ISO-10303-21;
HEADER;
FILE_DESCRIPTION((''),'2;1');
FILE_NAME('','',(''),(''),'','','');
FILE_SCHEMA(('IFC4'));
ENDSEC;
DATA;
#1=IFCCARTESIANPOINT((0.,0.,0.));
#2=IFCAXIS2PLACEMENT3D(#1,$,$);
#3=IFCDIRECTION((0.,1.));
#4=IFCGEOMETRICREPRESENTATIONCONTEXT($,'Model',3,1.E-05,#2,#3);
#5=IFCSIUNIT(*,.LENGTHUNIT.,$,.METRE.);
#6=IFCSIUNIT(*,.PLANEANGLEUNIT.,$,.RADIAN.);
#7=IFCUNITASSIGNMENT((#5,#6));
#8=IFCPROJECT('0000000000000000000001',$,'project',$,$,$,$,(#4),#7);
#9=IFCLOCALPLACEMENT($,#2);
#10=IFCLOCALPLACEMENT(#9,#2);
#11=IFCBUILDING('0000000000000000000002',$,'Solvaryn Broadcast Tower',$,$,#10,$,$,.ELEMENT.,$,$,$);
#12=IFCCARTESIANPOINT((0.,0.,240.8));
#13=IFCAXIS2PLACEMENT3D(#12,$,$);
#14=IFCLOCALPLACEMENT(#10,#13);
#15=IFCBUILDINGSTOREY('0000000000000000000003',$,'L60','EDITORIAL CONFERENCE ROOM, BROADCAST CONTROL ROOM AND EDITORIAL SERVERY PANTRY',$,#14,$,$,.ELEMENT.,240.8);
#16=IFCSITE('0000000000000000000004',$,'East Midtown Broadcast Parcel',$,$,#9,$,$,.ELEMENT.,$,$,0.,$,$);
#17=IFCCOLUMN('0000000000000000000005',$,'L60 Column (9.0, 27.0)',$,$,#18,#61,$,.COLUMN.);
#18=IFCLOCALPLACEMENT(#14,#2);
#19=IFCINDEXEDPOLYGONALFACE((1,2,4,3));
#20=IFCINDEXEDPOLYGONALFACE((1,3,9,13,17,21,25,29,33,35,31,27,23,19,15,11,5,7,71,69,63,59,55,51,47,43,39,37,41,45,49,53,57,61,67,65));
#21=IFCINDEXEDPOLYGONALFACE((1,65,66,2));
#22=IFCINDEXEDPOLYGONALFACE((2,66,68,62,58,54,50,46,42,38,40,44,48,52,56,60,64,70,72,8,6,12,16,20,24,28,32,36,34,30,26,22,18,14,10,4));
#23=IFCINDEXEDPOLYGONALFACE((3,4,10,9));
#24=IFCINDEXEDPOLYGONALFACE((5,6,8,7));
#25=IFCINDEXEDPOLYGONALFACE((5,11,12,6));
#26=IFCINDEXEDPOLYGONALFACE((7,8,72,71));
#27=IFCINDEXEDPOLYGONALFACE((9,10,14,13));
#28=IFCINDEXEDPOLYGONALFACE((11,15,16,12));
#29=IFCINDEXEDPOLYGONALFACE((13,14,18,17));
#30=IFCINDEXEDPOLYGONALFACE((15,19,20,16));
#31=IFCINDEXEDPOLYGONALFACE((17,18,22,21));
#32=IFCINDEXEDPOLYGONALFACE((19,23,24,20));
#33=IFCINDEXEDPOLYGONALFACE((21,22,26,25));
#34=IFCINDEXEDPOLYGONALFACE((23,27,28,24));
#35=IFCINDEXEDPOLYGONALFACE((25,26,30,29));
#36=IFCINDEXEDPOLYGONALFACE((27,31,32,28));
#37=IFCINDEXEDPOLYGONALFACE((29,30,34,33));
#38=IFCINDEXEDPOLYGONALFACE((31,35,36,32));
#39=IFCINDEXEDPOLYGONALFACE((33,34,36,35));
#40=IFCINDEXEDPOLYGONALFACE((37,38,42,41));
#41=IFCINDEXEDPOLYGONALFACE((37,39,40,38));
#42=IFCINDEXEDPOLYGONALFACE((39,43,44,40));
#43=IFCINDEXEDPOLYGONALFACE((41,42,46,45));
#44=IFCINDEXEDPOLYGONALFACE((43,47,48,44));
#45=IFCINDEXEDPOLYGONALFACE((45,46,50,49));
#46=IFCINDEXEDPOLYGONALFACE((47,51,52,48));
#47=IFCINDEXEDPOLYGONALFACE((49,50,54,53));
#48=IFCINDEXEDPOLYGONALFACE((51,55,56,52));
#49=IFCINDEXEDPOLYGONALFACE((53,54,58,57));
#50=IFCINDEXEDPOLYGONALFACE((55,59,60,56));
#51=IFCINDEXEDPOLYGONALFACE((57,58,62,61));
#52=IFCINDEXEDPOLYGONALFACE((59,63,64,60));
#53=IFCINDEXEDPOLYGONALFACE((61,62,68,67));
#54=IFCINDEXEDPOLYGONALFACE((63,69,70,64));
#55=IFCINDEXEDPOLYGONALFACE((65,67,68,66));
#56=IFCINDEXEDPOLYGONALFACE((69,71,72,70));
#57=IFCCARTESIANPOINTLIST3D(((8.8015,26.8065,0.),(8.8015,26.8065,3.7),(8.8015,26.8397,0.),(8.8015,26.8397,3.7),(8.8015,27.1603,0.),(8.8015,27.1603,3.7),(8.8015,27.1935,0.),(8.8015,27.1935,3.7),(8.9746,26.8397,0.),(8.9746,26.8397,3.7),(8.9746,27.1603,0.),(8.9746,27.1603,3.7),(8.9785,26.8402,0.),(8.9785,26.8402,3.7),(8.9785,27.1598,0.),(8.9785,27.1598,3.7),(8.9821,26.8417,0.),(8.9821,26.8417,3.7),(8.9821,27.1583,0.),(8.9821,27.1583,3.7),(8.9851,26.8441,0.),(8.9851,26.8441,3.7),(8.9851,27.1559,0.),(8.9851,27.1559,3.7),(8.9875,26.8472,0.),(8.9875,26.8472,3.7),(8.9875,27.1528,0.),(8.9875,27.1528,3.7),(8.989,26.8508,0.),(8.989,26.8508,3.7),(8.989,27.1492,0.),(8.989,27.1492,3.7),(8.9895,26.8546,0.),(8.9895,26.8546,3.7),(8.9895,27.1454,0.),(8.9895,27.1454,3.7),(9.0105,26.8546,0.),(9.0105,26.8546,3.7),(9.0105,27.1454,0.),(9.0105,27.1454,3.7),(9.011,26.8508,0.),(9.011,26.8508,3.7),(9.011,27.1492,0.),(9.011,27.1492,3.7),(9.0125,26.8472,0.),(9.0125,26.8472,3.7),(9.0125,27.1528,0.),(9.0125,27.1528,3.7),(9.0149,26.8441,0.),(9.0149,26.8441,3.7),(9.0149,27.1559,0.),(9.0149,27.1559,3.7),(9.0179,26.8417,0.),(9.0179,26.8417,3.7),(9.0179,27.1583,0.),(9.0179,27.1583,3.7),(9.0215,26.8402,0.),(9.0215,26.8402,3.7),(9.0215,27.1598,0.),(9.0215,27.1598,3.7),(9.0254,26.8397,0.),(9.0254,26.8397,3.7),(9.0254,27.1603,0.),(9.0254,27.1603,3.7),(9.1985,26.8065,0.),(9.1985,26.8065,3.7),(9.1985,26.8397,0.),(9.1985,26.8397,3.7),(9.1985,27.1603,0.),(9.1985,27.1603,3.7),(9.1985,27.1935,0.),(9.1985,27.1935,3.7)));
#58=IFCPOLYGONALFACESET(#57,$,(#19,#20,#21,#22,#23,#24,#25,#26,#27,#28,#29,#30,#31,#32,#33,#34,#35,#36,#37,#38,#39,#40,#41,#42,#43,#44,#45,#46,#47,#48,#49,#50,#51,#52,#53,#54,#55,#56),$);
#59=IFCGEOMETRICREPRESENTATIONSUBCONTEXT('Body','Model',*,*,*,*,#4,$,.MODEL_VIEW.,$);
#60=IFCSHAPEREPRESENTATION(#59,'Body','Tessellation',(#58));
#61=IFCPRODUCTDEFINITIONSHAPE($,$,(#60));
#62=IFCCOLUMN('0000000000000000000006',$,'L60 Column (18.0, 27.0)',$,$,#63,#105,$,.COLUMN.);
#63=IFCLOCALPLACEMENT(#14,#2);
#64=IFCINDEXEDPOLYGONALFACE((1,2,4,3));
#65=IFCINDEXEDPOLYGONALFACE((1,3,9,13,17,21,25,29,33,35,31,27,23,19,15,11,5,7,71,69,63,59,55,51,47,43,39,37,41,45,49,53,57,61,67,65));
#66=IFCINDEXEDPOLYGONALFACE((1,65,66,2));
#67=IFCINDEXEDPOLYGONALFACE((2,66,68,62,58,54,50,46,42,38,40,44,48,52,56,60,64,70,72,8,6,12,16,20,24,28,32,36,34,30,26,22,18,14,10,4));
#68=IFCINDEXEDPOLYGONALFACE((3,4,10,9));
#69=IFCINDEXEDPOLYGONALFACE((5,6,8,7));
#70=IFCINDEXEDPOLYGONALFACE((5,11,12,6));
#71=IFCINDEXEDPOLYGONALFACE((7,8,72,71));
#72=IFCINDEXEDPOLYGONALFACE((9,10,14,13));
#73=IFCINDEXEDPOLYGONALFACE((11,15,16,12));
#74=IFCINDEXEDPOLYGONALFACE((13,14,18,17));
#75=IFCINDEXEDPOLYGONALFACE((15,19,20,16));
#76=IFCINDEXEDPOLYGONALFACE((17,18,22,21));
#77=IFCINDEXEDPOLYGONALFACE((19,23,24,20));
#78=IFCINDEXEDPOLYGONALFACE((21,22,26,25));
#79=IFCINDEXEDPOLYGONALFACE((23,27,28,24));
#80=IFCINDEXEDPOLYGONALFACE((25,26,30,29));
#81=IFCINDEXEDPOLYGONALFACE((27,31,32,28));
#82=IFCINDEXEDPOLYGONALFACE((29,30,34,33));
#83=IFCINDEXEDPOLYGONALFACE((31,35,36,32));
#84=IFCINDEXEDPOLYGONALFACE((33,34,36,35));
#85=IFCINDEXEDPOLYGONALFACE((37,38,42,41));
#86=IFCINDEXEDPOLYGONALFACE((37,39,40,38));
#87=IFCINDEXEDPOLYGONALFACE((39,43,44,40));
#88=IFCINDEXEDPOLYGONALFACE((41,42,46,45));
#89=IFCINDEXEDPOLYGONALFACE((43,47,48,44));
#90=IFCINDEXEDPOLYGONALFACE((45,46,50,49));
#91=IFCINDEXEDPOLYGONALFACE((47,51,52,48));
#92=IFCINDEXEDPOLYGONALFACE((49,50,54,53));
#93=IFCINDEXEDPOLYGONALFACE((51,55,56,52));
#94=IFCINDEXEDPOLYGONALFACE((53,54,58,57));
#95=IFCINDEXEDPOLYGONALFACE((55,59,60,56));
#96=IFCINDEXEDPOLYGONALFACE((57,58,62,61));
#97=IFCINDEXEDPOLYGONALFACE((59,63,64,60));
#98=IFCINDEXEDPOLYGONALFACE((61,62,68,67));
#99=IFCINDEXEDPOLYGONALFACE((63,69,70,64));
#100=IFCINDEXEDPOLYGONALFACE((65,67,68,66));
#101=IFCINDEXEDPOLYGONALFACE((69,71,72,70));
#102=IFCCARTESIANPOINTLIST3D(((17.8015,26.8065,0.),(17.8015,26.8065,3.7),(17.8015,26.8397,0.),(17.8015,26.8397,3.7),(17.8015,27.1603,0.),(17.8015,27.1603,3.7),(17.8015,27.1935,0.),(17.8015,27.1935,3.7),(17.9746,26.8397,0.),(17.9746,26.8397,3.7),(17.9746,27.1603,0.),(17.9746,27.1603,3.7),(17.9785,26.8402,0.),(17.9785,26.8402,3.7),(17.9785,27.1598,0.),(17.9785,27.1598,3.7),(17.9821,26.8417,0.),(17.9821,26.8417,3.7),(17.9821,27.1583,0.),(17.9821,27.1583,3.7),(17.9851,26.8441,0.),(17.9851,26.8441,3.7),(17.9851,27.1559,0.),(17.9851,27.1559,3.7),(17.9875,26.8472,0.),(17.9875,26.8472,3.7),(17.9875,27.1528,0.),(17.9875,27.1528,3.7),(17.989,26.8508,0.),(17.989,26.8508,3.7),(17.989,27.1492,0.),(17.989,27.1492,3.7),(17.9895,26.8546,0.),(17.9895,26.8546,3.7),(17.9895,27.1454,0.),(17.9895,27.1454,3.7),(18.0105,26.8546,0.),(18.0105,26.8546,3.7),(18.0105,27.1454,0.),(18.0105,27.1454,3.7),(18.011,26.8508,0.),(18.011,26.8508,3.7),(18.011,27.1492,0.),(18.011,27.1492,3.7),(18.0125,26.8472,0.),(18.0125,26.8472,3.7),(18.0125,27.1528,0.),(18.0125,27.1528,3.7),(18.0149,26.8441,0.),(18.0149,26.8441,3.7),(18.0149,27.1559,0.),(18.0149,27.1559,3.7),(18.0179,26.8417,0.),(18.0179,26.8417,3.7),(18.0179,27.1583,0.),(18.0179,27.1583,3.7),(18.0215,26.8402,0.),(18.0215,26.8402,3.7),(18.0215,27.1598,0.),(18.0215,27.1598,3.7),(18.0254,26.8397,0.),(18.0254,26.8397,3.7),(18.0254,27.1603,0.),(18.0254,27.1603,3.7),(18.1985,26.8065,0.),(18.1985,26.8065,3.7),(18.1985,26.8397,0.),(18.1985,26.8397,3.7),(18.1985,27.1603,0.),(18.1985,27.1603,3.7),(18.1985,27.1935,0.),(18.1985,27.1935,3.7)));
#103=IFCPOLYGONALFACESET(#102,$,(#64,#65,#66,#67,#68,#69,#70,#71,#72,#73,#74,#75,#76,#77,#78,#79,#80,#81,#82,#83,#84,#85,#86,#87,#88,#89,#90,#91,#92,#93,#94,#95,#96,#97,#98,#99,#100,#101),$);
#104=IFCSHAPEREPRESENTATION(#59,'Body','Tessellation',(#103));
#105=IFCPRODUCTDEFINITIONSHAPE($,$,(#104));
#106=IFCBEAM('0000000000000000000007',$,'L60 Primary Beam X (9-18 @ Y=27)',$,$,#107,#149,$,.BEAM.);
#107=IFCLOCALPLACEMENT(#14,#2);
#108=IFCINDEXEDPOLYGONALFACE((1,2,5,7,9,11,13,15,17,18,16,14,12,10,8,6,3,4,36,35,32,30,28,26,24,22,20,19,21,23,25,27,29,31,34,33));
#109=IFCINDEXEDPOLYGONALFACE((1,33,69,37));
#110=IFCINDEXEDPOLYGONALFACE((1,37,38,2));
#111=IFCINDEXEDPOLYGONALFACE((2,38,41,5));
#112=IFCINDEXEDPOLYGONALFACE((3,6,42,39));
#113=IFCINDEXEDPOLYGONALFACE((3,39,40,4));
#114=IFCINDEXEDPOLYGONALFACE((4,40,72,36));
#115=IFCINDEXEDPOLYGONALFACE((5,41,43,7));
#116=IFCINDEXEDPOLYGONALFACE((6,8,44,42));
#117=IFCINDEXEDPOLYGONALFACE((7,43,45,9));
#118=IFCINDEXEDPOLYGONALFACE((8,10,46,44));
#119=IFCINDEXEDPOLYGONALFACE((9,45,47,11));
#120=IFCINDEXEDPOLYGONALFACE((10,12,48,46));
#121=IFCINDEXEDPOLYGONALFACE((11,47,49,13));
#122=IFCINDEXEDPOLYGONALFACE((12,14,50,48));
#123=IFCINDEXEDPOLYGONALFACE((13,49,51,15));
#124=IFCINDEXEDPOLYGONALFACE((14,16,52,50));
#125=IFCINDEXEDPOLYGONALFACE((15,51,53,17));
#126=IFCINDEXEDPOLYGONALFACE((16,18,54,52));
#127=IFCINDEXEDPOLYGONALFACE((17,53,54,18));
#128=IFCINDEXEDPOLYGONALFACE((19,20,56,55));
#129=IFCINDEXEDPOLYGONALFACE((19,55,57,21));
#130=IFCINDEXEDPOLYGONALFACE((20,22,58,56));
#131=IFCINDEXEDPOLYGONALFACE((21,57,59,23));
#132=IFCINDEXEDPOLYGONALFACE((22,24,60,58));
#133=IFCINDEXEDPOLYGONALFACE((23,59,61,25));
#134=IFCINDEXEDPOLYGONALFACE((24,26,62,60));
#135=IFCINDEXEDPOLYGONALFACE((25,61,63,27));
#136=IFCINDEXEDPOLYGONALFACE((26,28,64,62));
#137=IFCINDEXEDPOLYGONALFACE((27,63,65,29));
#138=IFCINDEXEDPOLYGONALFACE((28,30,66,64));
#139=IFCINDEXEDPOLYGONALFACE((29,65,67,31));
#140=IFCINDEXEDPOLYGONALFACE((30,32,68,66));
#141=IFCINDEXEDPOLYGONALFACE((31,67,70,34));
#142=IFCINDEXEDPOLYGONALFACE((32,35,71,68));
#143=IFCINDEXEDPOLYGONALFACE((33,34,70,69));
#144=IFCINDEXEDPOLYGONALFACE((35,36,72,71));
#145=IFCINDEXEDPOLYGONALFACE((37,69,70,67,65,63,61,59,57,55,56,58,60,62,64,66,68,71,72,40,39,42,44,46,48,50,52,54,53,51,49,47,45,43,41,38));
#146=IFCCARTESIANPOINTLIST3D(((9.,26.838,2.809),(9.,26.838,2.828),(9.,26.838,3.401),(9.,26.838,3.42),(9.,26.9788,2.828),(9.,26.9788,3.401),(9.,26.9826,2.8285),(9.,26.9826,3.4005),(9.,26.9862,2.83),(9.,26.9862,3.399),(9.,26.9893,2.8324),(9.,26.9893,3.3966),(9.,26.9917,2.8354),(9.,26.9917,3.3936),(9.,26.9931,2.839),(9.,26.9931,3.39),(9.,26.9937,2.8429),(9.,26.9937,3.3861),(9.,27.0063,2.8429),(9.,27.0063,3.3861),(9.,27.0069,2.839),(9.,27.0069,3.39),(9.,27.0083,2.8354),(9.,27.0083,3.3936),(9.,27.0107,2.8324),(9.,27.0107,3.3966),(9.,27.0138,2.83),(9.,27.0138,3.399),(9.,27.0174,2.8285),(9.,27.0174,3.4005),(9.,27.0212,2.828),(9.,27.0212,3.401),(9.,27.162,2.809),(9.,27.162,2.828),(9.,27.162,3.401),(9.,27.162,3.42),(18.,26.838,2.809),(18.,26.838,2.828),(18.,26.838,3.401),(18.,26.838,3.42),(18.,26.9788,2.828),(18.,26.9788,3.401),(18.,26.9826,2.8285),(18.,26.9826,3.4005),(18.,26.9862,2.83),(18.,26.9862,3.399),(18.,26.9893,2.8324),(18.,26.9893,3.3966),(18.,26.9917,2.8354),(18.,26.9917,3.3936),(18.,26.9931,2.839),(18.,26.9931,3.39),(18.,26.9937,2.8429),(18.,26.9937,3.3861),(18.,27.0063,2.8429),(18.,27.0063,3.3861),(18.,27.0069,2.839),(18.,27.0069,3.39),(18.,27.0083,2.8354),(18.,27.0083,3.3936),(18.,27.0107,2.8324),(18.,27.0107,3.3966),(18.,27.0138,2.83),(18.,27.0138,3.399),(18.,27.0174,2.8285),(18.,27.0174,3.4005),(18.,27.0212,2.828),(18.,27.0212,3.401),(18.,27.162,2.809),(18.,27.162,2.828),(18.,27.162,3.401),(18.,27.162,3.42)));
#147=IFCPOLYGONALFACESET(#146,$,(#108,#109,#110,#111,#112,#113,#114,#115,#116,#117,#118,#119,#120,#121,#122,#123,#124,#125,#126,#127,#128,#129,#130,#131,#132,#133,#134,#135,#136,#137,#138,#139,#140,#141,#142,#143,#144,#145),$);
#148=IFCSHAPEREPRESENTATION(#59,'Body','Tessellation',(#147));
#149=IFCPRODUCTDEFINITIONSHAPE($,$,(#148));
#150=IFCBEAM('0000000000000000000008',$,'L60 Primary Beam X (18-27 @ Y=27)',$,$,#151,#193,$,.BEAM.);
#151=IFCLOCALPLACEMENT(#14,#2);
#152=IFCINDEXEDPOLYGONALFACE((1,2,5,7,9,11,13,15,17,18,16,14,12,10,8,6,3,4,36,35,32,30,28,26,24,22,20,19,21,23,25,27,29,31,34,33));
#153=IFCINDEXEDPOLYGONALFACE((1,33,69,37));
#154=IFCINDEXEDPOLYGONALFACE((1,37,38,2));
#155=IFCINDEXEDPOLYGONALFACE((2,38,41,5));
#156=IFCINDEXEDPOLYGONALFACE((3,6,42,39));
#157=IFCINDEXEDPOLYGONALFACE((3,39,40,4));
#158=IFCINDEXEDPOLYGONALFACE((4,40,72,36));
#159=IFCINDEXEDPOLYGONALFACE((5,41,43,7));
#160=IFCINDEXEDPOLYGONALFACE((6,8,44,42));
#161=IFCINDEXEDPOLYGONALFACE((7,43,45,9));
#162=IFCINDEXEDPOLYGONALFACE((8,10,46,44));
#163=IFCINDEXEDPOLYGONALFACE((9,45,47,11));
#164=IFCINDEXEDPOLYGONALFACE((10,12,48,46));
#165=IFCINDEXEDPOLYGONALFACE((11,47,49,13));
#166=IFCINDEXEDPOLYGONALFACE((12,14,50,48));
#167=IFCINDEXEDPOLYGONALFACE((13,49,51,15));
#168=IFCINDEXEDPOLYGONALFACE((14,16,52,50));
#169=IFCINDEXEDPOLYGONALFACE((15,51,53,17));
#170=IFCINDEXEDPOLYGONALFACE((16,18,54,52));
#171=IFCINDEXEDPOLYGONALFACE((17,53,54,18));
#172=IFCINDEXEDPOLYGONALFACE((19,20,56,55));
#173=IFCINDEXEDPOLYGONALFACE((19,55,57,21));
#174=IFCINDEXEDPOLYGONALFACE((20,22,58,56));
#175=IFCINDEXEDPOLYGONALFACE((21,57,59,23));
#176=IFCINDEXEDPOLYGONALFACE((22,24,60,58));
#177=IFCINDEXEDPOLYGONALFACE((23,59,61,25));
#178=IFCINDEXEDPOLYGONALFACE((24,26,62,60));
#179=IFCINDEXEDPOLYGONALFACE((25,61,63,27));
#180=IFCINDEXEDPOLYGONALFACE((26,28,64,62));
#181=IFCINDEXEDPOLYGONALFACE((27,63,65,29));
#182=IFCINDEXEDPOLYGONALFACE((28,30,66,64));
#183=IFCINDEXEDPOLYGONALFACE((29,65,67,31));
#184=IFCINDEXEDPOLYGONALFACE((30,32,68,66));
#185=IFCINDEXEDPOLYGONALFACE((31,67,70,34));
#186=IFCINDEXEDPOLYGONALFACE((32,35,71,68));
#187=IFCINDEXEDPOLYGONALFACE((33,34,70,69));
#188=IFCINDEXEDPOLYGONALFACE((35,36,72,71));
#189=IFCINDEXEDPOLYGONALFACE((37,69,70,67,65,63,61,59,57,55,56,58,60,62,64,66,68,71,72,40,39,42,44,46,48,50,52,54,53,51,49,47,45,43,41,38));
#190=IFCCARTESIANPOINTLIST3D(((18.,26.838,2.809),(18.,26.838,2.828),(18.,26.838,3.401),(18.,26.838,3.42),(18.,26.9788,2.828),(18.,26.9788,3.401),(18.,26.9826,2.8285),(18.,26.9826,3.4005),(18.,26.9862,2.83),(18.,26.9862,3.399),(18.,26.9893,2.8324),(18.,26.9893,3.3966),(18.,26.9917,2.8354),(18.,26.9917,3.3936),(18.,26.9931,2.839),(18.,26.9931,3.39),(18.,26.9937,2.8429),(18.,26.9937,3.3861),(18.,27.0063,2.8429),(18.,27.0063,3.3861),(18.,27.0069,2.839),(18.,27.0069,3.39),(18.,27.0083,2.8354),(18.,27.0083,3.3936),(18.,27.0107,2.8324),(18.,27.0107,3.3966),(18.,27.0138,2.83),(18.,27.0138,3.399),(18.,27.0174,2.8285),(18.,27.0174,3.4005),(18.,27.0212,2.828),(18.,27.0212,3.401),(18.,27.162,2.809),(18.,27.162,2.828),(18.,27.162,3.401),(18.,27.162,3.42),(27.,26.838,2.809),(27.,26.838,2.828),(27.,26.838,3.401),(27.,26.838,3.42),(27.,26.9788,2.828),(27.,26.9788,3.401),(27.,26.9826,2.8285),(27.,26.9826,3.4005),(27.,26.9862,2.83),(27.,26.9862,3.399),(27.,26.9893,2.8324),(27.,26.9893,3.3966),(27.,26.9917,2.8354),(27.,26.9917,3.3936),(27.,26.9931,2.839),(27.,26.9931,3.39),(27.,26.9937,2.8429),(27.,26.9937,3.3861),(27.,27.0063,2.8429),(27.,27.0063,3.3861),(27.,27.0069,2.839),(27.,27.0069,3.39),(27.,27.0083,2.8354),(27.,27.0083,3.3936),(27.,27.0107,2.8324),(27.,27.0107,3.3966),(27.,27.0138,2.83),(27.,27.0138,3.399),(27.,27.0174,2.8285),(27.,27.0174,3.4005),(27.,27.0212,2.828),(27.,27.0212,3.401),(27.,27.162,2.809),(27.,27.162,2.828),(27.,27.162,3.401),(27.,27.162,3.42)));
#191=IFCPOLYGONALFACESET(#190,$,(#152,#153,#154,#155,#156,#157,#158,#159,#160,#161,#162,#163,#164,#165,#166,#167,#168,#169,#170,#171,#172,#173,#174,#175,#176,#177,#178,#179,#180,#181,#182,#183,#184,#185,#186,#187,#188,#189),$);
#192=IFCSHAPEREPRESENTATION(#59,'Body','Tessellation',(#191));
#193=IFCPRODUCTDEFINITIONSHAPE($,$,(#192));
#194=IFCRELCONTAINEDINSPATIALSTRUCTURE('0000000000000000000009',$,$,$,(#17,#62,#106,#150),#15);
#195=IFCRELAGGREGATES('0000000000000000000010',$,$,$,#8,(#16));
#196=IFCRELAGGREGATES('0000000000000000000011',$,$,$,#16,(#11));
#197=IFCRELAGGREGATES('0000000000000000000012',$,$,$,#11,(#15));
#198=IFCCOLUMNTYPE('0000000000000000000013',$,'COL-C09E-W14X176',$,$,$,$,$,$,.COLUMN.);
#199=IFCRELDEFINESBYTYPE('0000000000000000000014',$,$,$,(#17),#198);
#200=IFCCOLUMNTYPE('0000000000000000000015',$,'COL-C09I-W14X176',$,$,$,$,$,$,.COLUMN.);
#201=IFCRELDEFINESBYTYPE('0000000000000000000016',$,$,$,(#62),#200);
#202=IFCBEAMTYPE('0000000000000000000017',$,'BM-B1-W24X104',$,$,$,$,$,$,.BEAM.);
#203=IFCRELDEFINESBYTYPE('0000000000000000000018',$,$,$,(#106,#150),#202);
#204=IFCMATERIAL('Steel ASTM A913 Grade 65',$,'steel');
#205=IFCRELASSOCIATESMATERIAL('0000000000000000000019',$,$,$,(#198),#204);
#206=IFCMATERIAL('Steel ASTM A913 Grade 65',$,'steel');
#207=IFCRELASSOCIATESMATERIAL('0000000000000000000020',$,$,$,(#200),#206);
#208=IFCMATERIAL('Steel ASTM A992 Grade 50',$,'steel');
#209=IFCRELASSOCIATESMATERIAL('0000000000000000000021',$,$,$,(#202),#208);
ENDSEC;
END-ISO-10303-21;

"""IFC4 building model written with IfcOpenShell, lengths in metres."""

from ifc_helpers import new_model, si_unit, direction, frame, origin, origin_2d, place, context, subcontext, project, spatial, i_section, extrude, material, material_profile, profile_set, type_object, element, save


model = new_model("IFC4")

# Units and contexts
model_context = context("Model", 3, precision=1e-05, world=origin(), true_north=direction((0.0, 1.0)))
body_context = subcontext(model_context, "Body", "Model", "MODEL_VIEW")
ifc_project = project(units=[si_unit("LENGTHUNIT", "METRE"), si_unit("PLANEANGLEUNIT", "RADIAN")], contexts=[model_context])

# Site, building, storey
site_placement = place(None, origin())
site = spatial("IfcSite", under=ifc_project, at=site_placement, Name="East Midtown Broadcast Parcel", CompositionType="ELEMENT", RefElevation=0.0)
building_placement = place(site_placement, origin())
building = spatial("IfcBuilding", under=site, at=building_placement, Name="Solvaryn Broadcast Tower", CompositionType="ELEMENT")
storey_placement = place(building_placement, frame((0.0, 0.0, 240.8)))
storey = spatial("IfcBuildingStorey", under=building, at=storey_placement, Name="L60", Description="EDITORIAL CONFERENCE ROOM, BROADCAST CONTROL ROOM AND EDITORIAL SERVERY PANTRY", CompositionType="ELEMENT", Elevation=240.8)

# Columns
ifc_material_1 = material(Name="Steel ASTM A913 Grade 65", Category="steel")
ifc_material_profile_1 = material_profile(ifc_material_1, i_section(OverallWidth=0.397, OverallDepth=0.387, WebThickness=0.021, FlangeThickness=0.0332, FilletRadius=0.0149, at=origin_2d()))
ifc_profile_set_1 = profile_set([ifc_material_profile_1], Name="Steel ASTM A913 Grade 65")
column_type_1 = type_object("IfcColumnType", Name="COL-C09E-W14X176", PredefinedType="COLUMN", material=ifc_profile_set_1)
column_1_placement = place(storey_placement, frame((9.0, 27.0, 0.0), z_axis=(0.0, 0.0, 1.0), x_axis=(1.0, 0.0, 0.0)))
element("IfcColumn", 1, at=column_1_placement, inside=storey, type_object=column_type_1, Name="L60 Column (9.0, 27.0)", PredefinedType="COLUMN", context=body_context, shape_type="SweptSolid", body=[
    extrude(i_section(OverallWidth=0.397, OverallDepth=0.387, WebThickness=0.021, FlangeThickness=0.0332, FilletRadius=0.0149, at=origin_2d()), origin(), (0.0, 0.0, 1.0), 3.7),
])
ifc_material_2 = material(Name="Steel ASTM A913 Grade 65", Category="steel")
ifc_material_profile_2 = material_profile(ifc_material_2, i_section(OverallWidth=0.397, OverallDepth=0.387, WebThickness=0.021, FlangeThickness=0.0332, FilletRadius=0.0149, at=origin_2d()))
ifc_profile_set_2 = profile_set([ifc_material_profile_2], Name="Steel ASTM A913 Grade 65")
column_type_2 = type_object("IfcColumnType", Name="COL-C09I-W14X176", PredefinedType="COLUMN", material=ifc_profile_set_2)
column_2_placement = place(storey_placement, frame((18.0, 27.0, 0.0), z_axis=(0.0, 0.0, 1.0), x_axis=(1.0, 0.0, 0.0)))
element("IfcColumn", 2, at=column_2_placement, inside=storey, type_object=column_type_2, Name="L60 Column (18.0, 27.0)", PredefinedType="COLUMN", context=body_context, shape_type="SweptSolid", body=[
    extrude(i_section(OverallWidth=0.397, OverallDepth=0.387, WebThickness=0.021, FlangeThickness=0.0332, FilletRadius=0.0149, at=origin_2d()), origin(), (0.0, 0.0, 1.0), 3.7),
])

# Beams
ifc_material_3 = material(Name="Steel ASTM A992 Grade 50", Category="steel")
ifc_material_profile_3 = material_profile(ifc_material_3, i_section(OverallWidth=0.324, OverallDepth=0.6111, WebThickness=0.0127, FlangeThickness=0.019, FilletRadius=0.0149, at=origin_2d()))
ifc_profile_set_3 = profile_set([ifc_material_profile_3], Name="Steel ASTM A992 Grade 50")
beam_type_1 = type_object("IfcBeamType", Name="BM-B1-W24X104", PredefinedType="BEAM", material=ifc_profile_set_3)
for number, where, z_axis, x_axis, name in (
    (3, (9.0, 27.0, 3.1145), (1.0, 0.0, 0.0), (0.0, 1.0, 0.0), "L60 Primary Beam X (9-18 @ Y=27)"),
    (4, (18.0, 27.0, 3.1145), (1.0, 0.0, 0.0), (0.0, 1.0, 0.0), "L60 Primary Beam X (18-27 @ Y=27)"),
):
    element("IfcBeam", number, at=place(storey_placement, frame(where, z_axis=z_axis, x_axis=x_axis)), inside=storey, type_object=beam_type_1, Name=name, PredefinedType="BEAM", context=body_context, shape_type="SweptSolid", body=[
        extrude(i_section(OverallWidth=0.324, OverallDepth=0.6111, WebThickness=0.0127, FlangeThickness=0.019, FilletRadius=0.0149, at=origin_2d()), origin(), (0.0, 0.0, 1.0), 9.0),
    ])

save(model, "model.ifc")
